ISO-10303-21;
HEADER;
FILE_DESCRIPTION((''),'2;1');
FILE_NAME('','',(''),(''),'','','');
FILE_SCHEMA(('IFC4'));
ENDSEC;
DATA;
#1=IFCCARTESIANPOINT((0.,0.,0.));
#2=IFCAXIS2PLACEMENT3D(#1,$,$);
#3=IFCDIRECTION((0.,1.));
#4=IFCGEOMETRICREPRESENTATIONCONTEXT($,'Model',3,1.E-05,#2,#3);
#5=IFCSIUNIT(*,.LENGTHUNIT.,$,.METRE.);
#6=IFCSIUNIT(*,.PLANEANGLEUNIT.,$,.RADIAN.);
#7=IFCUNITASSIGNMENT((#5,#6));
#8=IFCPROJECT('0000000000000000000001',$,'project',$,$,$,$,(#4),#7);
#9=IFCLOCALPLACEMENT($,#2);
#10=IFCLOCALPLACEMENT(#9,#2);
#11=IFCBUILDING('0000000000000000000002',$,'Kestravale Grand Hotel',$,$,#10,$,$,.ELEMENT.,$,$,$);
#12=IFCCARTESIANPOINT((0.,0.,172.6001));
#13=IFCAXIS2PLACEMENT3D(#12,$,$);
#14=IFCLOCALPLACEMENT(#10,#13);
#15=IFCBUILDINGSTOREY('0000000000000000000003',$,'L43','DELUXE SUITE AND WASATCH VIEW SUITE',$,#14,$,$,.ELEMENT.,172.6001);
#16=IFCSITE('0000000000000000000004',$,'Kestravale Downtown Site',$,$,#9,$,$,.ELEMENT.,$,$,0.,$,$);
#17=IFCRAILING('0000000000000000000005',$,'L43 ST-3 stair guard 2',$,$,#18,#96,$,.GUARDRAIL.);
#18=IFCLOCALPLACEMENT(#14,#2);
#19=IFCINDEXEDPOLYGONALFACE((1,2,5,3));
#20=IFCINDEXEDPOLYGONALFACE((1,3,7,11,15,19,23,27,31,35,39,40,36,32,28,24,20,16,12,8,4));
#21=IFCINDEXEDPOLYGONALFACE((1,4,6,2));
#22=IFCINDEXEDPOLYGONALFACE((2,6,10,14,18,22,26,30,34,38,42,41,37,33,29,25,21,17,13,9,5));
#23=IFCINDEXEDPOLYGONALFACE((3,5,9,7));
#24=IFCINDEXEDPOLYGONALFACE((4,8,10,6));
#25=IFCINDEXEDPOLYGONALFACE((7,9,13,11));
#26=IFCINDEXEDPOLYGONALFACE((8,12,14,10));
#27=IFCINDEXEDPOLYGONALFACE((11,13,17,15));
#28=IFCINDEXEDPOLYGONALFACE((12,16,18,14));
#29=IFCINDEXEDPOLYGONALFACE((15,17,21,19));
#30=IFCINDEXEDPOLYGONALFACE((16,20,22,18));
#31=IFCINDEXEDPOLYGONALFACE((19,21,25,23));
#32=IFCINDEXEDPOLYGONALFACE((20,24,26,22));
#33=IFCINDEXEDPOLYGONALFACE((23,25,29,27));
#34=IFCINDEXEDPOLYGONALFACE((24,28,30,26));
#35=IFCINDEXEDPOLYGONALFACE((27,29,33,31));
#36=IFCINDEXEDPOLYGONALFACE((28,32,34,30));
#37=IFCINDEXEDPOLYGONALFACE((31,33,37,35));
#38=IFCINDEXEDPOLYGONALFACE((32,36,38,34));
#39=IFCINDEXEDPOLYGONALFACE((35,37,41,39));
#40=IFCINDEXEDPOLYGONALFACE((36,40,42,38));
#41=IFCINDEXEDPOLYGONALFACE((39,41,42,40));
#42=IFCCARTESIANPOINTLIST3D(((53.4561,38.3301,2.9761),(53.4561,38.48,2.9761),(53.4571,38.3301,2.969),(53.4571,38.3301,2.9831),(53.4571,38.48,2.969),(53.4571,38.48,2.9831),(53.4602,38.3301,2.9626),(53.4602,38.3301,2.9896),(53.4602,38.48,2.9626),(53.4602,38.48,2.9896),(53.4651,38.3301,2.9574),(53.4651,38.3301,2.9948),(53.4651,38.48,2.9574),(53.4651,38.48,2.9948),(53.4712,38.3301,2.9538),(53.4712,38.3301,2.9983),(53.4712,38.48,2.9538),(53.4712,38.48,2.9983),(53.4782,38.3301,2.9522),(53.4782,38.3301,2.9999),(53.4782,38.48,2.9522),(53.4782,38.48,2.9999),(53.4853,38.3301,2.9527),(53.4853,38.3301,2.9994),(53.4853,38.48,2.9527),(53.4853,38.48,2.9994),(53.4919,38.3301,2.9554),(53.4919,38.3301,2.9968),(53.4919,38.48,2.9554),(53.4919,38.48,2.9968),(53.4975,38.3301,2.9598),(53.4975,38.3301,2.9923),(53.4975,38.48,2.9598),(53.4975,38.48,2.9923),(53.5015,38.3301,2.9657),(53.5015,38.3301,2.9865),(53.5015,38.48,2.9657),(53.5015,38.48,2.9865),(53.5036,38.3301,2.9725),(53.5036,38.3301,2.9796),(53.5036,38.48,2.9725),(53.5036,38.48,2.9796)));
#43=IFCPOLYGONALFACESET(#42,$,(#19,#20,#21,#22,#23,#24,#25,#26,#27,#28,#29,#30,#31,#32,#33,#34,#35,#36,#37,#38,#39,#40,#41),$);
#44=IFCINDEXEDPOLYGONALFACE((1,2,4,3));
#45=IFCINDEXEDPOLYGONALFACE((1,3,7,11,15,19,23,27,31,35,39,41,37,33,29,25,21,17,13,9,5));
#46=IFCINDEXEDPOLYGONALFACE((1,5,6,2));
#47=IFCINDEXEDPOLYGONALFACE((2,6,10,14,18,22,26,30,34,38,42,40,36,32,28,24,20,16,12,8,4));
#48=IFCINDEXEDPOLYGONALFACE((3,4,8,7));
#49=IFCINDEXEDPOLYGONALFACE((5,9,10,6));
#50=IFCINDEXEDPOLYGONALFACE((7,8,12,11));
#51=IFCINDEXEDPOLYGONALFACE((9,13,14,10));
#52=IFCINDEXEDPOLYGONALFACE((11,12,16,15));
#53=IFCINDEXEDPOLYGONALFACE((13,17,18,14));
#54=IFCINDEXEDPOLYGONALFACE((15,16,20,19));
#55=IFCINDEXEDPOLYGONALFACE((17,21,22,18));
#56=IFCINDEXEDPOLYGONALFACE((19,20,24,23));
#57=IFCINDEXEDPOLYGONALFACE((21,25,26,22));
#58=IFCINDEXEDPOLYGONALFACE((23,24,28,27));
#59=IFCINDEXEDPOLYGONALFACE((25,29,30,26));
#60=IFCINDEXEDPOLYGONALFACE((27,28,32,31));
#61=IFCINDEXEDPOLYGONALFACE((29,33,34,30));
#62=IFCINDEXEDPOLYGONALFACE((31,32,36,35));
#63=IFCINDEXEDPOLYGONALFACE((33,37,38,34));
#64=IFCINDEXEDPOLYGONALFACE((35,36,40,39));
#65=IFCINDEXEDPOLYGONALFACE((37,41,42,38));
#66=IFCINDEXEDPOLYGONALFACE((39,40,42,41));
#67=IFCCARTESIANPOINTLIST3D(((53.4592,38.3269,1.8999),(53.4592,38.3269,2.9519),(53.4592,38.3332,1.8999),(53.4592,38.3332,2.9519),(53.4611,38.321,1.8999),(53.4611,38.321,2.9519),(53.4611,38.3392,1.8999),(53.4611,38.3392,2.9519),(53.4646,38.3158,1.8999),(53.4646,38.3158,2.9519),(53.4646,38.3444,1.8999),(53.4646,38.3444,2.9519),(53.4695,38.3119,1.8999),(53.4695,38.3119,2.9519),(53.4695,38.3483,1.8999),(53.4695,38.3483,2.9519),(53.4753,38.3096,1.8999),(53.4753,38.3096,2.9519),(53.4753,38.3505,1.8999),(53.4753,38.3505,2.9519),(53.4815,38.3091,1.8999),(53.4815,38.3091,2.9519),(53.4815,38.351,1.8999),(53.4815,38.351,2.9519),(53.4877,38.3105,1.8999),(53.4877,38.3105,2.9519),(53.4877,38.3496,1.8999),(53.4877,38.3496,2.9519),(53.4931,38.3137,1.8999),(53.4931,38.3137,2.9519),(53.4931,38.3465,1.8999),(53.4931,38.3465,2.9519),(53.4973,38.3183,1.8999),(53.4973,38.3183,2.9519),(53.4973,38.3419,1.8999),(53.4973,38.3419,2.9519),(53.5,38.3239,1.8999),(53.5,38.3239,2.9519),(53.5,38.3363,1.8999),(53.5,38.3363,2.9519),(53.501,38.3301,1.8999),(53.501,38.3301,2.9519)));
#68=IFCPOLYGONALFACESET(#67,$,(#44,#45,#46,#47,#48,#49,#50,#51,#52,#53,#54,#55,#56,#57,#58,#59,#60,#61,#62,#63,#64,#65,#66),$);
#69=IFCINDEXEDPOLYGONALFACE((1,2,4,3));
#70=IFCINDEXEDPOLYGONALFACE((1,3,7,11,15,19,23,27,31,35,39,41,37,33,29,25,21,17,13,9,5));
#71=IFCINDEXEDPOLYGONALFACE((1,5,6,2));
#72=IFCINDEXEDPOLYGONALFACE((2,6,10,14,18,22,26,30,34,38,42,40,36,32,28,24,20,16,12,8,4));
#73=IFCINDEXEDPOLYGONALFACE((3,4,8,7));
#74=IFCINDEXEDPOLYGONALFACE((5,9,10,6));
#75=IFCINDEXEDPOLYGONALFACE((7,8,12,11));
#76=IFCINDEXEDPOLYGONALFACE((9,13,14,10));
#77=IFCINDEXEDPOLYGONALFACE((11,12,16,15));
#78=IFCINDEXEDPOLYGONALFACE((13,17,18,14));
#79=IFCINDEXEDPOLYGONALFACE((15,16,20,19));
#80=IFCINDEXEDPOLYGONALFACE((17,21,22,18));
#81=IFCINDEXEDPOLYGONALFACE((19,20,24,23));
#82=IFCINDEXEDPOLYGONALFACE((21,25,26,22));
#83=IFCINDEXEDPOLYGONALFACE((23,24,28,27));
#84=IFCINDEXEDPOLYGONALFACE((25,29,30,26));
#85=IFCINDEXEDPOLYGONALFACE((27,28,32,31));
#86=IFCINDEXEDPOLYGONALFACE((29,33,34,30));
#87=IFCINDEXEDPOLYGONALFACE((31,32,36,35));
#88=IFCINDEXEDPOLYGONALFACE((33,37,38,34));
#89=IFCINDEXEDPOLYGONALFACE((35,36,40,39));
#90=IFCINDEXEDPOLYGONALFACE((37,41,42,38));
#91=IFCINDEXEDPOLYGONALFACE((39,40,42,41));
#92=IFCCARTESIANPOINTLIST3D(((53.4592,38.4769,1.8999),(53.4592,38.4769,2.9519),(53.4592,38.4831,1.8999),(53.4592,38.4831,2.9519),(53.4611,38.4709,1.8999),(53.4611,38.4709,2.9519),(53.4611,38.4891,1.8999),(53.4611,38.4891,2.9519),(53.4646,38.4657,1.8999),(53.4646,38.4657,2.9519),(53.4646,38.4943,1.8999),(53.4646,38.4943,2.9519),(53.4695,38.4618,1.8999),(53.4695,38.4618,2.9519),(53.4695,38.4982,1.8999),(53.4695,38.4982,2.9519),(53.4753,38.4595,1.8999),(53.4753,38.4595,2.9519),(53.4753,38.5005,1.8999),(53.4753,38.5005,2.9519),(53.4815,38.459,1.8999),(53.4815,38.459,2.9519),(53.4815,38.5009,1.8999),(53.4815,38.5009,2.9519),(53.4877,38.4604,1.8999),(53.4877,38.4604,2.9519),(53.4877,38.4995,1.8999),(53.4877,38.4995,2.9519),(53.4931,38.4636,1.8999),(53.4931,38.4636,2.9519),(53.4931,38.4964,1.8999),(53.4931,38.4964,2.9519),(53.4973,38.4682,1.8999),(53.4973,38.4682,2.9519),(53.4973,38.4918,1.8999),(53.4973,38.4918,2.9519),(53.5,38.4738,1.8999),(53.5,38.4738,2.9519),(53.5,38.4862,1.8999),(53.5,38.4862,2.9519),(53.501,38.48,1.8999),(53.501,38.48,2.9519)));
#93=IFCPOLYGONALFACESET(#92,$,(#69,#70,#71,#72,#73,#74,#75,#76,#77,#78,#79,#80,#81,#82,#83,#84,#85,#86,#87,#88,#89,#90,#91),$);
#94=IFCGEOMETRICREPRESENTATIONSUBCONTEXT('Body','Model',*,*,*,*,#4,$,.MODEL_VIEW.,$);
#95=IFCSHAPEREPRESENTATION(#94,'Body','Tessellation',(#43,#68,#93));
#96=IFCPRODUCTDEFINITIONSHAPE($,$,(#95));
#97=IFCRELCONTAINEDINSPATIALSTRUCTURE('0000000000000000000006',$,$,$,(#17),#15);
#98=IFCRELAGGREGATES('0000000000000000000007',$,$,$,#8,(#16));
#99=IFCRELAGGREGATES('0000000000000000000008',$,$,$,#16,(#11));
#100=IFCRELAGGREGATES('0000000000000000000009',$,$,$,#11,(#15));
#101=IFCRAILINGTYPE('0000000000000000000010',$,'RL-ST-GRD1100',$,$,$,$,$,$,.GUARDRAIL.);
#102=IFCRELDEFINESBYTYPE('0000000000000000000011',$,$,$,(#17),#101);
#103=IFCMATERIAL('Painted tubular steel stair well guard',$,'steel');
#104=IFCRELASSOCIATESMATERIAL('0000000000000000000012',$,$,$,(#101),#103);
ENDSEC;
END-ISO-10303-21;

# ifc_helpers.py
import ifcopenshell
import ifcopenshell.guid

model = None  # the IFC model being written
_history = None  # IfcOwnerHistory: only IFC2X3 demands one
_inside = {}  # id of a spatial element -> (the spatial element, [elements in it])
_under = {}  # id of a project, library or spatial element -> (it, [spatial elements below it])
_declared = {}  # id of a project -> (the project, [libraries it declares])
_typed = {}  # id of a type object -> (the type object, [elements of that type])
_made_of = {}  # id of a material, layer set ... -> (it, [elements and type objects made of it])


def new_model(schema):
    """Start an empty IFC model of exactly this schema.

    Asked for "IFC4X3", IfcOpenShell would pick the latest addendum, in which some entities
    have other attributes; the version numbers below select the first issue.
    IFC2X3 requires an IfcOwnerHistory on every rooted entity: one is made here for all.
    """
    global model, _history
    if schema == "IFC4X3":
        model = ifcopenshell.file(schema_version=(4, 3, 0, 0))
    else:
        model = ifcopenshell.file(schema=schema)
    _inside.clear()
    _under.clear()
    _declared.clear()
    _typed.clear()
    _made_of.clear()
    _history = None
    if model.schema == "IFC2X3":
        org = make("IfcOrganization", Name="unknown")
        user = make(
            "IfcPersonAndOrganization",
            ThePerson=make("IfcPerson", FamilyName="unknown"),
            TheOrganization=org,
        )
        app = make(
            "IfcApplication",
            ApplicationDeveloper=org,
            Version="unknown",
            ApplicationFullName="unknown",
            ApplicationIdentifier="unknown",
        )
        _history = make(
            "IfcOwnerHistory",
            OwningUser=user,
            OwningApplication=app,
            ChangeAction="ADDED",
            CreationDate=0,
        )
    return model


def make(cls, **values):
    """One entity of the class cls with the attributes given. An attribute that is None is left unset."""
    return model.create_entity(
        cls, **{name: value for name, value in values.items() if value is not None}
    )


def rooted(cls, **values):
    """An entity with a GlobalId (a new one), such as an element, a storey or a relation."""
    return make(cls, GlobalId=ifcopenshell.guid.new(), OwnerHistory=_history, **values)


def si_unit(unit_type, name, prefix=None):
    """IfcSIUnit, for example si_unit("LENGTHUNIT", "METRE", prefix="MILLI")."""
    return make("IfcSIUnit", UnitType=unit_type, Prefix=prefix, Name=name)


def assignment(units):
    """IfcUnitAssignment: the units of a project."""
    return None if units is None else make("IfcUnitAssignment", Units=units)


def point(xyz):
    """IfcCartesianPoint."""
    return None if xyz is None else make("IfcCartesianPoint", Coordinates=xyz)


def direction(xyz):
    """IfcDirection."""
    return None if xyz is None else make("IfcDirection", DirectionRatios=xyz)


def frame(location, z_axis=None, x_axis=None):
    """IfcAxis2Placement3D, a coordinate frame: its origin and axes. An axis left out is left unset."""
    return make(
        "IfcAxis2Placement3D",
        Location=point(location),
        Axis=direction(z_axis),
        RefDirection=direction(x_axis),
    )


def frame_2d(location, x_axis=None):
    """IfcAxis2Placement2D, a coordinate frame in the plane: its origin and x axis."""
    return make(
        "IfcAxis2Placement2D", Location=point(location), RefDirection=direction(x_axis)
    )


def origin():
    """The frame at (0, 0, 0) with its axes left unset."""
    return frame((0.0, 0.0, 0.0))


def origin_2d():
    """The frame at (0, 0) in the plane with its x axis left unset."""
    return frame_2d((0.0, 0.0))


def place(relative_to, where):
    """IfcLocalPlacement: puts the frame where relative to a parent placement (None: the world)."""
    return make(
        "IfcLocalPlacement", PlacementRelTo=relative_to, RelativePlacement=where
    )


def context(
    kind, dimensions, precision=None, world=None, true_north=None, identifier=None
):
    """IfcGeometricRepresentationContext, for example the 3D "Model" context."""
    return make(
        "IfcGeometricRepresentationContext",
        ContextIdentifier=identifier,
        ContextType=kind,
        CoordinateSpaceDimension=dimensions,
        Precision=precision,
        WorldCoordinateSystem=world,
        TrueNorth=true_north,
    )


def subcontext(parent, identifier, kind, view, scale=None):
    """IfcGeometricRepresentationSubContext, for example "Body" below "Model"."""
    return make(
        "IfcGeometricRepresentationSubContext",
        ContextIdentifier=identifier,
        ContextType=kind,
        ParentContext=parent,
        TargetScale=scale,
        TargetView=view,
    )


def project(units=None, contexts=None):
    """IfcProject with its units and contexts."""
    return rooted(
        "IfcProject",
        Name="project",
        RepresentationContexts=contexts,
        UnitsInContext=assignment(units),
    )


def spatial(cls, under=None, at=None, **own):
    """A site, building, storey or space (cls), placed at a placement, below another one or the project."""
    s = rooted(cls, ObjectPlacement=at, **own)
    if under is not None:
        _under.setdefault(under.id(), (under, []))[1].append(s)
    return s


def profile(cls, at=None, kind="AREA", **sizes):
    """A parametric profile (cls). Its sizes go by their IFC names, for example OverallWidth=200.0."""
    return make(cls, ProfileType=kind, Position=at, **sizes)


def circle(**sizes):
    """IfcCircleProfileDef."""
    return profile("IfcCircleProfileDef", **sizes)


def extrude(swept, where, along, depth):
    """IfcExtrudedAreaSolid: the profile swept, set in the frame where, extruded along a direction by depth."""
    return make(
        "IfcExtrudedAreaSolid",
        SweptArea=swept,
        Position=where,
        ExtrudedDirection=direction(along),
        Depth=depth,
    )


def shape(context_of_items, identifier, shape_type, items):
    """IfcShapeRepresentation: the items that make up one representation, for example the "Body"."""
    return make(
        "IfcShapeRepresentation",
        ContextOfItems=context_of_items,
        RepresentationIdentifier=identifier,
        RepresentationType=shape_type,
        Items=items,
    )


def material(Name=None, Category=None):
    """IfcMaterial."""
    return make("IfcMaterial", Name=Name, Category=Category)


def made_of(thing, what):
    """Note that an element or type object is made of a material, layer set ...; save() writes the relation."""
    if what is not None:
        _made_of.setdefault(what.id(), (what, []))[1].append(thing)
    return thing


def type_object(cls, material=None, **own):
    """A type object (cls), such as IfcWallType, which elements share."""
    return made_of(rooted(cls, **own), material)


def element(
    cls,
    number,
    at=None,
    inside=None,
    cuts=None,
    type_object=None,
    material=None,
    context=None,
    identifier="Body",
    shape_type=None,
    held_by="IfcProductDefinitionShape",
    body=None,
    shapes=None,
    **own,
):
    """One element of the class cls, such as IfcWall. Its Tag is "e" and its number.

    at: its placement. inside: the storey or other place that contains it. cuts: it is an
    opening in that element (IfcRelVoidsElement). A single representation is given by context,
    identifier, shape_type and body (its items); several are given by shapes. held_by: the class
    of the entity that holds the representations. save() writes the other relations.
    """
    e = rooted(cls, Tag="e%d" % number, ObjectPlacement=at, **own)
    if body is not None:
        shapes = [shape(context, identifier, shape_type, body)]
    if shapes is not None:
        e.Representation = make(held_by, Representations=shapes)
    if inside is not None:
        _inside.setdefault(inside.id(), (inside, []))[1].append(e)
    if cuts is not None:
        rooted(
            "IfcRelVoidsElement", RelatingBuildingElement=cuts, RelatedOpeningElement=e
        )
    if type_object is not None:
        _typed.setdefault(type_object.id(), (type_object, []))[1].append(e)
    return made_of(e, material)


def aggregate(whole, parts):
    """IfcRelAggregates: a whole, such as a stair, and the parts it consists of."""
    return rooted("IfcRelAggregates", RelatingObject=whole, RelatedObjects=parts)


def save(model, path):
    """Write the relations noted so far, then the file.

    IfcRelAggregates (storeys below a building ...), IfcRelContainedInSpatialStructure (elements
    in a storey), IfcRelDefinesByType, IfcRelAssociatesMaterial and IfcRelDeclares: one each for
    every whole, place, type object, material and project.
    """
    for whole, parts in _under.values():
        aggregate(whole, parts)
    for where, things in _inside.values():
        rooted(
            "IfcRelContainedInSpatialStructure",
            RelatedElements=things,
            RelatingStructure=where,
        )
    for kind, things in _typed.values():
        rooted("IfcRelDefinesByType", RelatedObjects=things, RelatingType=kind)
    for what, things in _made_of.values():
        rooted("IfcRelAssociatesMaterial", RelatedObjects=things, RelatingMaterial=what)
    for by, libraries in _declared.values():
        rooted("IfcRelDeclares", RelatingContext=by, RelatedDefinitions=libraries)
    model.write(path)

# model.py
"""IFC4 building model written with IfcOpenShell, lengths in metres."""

from ifc_helpers import new_model, si_unit, direction, frame, origin, origin_2d, place, context, subcontext, project, spatial, circle, extrude, material, type_object, element, save


model = new_model("IFC4")

# Units and contexts
model_context = context("Model", 3, precision=1e-05, world=origin(), true_north=direction((0.0, 1.0)))
body_context = subcontext(model_context, "Body", "Model", "MODEL_VIEW")
ifc_project = project(units=[si_unit("LENGTHUNIT", "METRE"), si_unit("PLANEANGLEUNIT", "RADIAN")], contexts=[model_context])

# Site, building, storey
site_placement = place(None, origin())
site = spatial("IfcSite", under=ifc_project, at=site_placement, Name="Kestravale Downtown Site", CompositionType="ELEMENT", RefElevation=0.0)
building_placement = place(site_placement, origin())
building = spatial("IfcBuilding", under=site, at=building_placement, Name="Kestravale Grand Hotel", CompositionType="ELEMENT")
storey_placement = place(building_placement, frame((0.0, 0.0, 172.6001)))
storey = spatial("IfcBuildingStorey", under=building, at=storey_placement, Name="L43", Description="DELUXE SUITE AND WASATCH VIEW SUITE", CompositionType="ELEMENT", Elevation=172.6001)

# Railing
ifc_material_1 = material(Name="Painted tubular steel stair well guard", Category="steel")
railing_type_1 = type_object("IfcRailingType", Name="RL-ST-GRD1100", PredefinedType="GUARDRAIL", material=ifc_material_1)
railing_1_placement = place(storey_placement, frame((53.48, 38.3301, 1.8999)))
element("IfcRailing", 1, at=railing_1_placement, inside=storey, type_object=railing_type_1, Name="L43 ST-3 stair guard 2", PredefinedType="GUARDRAIL", context=body_context, shape_type="SweptSolid", body=[
    extrude(circle(Radius=0.0239, at=origin_2d()), frame((0.0, 0.0, 1.0762), z_axis=(0.0, 1.0, 0.0), x_axis=(-1.0, 0.0, 0.0)), (0.0, 0.0, 1.0), 0.1499),
    extrude(circle(Radius=0.021, at=origin_2d()), origin(), (0.0, 0.0, 1.0), 1.052),
    extrude(circle(Radius=0.021, at=origin_2d()), frame((0.0, 0.1499, 0.0)), (0.0, 0.0, 1.0), 1.052),
])

save(model, "model.ifc")
